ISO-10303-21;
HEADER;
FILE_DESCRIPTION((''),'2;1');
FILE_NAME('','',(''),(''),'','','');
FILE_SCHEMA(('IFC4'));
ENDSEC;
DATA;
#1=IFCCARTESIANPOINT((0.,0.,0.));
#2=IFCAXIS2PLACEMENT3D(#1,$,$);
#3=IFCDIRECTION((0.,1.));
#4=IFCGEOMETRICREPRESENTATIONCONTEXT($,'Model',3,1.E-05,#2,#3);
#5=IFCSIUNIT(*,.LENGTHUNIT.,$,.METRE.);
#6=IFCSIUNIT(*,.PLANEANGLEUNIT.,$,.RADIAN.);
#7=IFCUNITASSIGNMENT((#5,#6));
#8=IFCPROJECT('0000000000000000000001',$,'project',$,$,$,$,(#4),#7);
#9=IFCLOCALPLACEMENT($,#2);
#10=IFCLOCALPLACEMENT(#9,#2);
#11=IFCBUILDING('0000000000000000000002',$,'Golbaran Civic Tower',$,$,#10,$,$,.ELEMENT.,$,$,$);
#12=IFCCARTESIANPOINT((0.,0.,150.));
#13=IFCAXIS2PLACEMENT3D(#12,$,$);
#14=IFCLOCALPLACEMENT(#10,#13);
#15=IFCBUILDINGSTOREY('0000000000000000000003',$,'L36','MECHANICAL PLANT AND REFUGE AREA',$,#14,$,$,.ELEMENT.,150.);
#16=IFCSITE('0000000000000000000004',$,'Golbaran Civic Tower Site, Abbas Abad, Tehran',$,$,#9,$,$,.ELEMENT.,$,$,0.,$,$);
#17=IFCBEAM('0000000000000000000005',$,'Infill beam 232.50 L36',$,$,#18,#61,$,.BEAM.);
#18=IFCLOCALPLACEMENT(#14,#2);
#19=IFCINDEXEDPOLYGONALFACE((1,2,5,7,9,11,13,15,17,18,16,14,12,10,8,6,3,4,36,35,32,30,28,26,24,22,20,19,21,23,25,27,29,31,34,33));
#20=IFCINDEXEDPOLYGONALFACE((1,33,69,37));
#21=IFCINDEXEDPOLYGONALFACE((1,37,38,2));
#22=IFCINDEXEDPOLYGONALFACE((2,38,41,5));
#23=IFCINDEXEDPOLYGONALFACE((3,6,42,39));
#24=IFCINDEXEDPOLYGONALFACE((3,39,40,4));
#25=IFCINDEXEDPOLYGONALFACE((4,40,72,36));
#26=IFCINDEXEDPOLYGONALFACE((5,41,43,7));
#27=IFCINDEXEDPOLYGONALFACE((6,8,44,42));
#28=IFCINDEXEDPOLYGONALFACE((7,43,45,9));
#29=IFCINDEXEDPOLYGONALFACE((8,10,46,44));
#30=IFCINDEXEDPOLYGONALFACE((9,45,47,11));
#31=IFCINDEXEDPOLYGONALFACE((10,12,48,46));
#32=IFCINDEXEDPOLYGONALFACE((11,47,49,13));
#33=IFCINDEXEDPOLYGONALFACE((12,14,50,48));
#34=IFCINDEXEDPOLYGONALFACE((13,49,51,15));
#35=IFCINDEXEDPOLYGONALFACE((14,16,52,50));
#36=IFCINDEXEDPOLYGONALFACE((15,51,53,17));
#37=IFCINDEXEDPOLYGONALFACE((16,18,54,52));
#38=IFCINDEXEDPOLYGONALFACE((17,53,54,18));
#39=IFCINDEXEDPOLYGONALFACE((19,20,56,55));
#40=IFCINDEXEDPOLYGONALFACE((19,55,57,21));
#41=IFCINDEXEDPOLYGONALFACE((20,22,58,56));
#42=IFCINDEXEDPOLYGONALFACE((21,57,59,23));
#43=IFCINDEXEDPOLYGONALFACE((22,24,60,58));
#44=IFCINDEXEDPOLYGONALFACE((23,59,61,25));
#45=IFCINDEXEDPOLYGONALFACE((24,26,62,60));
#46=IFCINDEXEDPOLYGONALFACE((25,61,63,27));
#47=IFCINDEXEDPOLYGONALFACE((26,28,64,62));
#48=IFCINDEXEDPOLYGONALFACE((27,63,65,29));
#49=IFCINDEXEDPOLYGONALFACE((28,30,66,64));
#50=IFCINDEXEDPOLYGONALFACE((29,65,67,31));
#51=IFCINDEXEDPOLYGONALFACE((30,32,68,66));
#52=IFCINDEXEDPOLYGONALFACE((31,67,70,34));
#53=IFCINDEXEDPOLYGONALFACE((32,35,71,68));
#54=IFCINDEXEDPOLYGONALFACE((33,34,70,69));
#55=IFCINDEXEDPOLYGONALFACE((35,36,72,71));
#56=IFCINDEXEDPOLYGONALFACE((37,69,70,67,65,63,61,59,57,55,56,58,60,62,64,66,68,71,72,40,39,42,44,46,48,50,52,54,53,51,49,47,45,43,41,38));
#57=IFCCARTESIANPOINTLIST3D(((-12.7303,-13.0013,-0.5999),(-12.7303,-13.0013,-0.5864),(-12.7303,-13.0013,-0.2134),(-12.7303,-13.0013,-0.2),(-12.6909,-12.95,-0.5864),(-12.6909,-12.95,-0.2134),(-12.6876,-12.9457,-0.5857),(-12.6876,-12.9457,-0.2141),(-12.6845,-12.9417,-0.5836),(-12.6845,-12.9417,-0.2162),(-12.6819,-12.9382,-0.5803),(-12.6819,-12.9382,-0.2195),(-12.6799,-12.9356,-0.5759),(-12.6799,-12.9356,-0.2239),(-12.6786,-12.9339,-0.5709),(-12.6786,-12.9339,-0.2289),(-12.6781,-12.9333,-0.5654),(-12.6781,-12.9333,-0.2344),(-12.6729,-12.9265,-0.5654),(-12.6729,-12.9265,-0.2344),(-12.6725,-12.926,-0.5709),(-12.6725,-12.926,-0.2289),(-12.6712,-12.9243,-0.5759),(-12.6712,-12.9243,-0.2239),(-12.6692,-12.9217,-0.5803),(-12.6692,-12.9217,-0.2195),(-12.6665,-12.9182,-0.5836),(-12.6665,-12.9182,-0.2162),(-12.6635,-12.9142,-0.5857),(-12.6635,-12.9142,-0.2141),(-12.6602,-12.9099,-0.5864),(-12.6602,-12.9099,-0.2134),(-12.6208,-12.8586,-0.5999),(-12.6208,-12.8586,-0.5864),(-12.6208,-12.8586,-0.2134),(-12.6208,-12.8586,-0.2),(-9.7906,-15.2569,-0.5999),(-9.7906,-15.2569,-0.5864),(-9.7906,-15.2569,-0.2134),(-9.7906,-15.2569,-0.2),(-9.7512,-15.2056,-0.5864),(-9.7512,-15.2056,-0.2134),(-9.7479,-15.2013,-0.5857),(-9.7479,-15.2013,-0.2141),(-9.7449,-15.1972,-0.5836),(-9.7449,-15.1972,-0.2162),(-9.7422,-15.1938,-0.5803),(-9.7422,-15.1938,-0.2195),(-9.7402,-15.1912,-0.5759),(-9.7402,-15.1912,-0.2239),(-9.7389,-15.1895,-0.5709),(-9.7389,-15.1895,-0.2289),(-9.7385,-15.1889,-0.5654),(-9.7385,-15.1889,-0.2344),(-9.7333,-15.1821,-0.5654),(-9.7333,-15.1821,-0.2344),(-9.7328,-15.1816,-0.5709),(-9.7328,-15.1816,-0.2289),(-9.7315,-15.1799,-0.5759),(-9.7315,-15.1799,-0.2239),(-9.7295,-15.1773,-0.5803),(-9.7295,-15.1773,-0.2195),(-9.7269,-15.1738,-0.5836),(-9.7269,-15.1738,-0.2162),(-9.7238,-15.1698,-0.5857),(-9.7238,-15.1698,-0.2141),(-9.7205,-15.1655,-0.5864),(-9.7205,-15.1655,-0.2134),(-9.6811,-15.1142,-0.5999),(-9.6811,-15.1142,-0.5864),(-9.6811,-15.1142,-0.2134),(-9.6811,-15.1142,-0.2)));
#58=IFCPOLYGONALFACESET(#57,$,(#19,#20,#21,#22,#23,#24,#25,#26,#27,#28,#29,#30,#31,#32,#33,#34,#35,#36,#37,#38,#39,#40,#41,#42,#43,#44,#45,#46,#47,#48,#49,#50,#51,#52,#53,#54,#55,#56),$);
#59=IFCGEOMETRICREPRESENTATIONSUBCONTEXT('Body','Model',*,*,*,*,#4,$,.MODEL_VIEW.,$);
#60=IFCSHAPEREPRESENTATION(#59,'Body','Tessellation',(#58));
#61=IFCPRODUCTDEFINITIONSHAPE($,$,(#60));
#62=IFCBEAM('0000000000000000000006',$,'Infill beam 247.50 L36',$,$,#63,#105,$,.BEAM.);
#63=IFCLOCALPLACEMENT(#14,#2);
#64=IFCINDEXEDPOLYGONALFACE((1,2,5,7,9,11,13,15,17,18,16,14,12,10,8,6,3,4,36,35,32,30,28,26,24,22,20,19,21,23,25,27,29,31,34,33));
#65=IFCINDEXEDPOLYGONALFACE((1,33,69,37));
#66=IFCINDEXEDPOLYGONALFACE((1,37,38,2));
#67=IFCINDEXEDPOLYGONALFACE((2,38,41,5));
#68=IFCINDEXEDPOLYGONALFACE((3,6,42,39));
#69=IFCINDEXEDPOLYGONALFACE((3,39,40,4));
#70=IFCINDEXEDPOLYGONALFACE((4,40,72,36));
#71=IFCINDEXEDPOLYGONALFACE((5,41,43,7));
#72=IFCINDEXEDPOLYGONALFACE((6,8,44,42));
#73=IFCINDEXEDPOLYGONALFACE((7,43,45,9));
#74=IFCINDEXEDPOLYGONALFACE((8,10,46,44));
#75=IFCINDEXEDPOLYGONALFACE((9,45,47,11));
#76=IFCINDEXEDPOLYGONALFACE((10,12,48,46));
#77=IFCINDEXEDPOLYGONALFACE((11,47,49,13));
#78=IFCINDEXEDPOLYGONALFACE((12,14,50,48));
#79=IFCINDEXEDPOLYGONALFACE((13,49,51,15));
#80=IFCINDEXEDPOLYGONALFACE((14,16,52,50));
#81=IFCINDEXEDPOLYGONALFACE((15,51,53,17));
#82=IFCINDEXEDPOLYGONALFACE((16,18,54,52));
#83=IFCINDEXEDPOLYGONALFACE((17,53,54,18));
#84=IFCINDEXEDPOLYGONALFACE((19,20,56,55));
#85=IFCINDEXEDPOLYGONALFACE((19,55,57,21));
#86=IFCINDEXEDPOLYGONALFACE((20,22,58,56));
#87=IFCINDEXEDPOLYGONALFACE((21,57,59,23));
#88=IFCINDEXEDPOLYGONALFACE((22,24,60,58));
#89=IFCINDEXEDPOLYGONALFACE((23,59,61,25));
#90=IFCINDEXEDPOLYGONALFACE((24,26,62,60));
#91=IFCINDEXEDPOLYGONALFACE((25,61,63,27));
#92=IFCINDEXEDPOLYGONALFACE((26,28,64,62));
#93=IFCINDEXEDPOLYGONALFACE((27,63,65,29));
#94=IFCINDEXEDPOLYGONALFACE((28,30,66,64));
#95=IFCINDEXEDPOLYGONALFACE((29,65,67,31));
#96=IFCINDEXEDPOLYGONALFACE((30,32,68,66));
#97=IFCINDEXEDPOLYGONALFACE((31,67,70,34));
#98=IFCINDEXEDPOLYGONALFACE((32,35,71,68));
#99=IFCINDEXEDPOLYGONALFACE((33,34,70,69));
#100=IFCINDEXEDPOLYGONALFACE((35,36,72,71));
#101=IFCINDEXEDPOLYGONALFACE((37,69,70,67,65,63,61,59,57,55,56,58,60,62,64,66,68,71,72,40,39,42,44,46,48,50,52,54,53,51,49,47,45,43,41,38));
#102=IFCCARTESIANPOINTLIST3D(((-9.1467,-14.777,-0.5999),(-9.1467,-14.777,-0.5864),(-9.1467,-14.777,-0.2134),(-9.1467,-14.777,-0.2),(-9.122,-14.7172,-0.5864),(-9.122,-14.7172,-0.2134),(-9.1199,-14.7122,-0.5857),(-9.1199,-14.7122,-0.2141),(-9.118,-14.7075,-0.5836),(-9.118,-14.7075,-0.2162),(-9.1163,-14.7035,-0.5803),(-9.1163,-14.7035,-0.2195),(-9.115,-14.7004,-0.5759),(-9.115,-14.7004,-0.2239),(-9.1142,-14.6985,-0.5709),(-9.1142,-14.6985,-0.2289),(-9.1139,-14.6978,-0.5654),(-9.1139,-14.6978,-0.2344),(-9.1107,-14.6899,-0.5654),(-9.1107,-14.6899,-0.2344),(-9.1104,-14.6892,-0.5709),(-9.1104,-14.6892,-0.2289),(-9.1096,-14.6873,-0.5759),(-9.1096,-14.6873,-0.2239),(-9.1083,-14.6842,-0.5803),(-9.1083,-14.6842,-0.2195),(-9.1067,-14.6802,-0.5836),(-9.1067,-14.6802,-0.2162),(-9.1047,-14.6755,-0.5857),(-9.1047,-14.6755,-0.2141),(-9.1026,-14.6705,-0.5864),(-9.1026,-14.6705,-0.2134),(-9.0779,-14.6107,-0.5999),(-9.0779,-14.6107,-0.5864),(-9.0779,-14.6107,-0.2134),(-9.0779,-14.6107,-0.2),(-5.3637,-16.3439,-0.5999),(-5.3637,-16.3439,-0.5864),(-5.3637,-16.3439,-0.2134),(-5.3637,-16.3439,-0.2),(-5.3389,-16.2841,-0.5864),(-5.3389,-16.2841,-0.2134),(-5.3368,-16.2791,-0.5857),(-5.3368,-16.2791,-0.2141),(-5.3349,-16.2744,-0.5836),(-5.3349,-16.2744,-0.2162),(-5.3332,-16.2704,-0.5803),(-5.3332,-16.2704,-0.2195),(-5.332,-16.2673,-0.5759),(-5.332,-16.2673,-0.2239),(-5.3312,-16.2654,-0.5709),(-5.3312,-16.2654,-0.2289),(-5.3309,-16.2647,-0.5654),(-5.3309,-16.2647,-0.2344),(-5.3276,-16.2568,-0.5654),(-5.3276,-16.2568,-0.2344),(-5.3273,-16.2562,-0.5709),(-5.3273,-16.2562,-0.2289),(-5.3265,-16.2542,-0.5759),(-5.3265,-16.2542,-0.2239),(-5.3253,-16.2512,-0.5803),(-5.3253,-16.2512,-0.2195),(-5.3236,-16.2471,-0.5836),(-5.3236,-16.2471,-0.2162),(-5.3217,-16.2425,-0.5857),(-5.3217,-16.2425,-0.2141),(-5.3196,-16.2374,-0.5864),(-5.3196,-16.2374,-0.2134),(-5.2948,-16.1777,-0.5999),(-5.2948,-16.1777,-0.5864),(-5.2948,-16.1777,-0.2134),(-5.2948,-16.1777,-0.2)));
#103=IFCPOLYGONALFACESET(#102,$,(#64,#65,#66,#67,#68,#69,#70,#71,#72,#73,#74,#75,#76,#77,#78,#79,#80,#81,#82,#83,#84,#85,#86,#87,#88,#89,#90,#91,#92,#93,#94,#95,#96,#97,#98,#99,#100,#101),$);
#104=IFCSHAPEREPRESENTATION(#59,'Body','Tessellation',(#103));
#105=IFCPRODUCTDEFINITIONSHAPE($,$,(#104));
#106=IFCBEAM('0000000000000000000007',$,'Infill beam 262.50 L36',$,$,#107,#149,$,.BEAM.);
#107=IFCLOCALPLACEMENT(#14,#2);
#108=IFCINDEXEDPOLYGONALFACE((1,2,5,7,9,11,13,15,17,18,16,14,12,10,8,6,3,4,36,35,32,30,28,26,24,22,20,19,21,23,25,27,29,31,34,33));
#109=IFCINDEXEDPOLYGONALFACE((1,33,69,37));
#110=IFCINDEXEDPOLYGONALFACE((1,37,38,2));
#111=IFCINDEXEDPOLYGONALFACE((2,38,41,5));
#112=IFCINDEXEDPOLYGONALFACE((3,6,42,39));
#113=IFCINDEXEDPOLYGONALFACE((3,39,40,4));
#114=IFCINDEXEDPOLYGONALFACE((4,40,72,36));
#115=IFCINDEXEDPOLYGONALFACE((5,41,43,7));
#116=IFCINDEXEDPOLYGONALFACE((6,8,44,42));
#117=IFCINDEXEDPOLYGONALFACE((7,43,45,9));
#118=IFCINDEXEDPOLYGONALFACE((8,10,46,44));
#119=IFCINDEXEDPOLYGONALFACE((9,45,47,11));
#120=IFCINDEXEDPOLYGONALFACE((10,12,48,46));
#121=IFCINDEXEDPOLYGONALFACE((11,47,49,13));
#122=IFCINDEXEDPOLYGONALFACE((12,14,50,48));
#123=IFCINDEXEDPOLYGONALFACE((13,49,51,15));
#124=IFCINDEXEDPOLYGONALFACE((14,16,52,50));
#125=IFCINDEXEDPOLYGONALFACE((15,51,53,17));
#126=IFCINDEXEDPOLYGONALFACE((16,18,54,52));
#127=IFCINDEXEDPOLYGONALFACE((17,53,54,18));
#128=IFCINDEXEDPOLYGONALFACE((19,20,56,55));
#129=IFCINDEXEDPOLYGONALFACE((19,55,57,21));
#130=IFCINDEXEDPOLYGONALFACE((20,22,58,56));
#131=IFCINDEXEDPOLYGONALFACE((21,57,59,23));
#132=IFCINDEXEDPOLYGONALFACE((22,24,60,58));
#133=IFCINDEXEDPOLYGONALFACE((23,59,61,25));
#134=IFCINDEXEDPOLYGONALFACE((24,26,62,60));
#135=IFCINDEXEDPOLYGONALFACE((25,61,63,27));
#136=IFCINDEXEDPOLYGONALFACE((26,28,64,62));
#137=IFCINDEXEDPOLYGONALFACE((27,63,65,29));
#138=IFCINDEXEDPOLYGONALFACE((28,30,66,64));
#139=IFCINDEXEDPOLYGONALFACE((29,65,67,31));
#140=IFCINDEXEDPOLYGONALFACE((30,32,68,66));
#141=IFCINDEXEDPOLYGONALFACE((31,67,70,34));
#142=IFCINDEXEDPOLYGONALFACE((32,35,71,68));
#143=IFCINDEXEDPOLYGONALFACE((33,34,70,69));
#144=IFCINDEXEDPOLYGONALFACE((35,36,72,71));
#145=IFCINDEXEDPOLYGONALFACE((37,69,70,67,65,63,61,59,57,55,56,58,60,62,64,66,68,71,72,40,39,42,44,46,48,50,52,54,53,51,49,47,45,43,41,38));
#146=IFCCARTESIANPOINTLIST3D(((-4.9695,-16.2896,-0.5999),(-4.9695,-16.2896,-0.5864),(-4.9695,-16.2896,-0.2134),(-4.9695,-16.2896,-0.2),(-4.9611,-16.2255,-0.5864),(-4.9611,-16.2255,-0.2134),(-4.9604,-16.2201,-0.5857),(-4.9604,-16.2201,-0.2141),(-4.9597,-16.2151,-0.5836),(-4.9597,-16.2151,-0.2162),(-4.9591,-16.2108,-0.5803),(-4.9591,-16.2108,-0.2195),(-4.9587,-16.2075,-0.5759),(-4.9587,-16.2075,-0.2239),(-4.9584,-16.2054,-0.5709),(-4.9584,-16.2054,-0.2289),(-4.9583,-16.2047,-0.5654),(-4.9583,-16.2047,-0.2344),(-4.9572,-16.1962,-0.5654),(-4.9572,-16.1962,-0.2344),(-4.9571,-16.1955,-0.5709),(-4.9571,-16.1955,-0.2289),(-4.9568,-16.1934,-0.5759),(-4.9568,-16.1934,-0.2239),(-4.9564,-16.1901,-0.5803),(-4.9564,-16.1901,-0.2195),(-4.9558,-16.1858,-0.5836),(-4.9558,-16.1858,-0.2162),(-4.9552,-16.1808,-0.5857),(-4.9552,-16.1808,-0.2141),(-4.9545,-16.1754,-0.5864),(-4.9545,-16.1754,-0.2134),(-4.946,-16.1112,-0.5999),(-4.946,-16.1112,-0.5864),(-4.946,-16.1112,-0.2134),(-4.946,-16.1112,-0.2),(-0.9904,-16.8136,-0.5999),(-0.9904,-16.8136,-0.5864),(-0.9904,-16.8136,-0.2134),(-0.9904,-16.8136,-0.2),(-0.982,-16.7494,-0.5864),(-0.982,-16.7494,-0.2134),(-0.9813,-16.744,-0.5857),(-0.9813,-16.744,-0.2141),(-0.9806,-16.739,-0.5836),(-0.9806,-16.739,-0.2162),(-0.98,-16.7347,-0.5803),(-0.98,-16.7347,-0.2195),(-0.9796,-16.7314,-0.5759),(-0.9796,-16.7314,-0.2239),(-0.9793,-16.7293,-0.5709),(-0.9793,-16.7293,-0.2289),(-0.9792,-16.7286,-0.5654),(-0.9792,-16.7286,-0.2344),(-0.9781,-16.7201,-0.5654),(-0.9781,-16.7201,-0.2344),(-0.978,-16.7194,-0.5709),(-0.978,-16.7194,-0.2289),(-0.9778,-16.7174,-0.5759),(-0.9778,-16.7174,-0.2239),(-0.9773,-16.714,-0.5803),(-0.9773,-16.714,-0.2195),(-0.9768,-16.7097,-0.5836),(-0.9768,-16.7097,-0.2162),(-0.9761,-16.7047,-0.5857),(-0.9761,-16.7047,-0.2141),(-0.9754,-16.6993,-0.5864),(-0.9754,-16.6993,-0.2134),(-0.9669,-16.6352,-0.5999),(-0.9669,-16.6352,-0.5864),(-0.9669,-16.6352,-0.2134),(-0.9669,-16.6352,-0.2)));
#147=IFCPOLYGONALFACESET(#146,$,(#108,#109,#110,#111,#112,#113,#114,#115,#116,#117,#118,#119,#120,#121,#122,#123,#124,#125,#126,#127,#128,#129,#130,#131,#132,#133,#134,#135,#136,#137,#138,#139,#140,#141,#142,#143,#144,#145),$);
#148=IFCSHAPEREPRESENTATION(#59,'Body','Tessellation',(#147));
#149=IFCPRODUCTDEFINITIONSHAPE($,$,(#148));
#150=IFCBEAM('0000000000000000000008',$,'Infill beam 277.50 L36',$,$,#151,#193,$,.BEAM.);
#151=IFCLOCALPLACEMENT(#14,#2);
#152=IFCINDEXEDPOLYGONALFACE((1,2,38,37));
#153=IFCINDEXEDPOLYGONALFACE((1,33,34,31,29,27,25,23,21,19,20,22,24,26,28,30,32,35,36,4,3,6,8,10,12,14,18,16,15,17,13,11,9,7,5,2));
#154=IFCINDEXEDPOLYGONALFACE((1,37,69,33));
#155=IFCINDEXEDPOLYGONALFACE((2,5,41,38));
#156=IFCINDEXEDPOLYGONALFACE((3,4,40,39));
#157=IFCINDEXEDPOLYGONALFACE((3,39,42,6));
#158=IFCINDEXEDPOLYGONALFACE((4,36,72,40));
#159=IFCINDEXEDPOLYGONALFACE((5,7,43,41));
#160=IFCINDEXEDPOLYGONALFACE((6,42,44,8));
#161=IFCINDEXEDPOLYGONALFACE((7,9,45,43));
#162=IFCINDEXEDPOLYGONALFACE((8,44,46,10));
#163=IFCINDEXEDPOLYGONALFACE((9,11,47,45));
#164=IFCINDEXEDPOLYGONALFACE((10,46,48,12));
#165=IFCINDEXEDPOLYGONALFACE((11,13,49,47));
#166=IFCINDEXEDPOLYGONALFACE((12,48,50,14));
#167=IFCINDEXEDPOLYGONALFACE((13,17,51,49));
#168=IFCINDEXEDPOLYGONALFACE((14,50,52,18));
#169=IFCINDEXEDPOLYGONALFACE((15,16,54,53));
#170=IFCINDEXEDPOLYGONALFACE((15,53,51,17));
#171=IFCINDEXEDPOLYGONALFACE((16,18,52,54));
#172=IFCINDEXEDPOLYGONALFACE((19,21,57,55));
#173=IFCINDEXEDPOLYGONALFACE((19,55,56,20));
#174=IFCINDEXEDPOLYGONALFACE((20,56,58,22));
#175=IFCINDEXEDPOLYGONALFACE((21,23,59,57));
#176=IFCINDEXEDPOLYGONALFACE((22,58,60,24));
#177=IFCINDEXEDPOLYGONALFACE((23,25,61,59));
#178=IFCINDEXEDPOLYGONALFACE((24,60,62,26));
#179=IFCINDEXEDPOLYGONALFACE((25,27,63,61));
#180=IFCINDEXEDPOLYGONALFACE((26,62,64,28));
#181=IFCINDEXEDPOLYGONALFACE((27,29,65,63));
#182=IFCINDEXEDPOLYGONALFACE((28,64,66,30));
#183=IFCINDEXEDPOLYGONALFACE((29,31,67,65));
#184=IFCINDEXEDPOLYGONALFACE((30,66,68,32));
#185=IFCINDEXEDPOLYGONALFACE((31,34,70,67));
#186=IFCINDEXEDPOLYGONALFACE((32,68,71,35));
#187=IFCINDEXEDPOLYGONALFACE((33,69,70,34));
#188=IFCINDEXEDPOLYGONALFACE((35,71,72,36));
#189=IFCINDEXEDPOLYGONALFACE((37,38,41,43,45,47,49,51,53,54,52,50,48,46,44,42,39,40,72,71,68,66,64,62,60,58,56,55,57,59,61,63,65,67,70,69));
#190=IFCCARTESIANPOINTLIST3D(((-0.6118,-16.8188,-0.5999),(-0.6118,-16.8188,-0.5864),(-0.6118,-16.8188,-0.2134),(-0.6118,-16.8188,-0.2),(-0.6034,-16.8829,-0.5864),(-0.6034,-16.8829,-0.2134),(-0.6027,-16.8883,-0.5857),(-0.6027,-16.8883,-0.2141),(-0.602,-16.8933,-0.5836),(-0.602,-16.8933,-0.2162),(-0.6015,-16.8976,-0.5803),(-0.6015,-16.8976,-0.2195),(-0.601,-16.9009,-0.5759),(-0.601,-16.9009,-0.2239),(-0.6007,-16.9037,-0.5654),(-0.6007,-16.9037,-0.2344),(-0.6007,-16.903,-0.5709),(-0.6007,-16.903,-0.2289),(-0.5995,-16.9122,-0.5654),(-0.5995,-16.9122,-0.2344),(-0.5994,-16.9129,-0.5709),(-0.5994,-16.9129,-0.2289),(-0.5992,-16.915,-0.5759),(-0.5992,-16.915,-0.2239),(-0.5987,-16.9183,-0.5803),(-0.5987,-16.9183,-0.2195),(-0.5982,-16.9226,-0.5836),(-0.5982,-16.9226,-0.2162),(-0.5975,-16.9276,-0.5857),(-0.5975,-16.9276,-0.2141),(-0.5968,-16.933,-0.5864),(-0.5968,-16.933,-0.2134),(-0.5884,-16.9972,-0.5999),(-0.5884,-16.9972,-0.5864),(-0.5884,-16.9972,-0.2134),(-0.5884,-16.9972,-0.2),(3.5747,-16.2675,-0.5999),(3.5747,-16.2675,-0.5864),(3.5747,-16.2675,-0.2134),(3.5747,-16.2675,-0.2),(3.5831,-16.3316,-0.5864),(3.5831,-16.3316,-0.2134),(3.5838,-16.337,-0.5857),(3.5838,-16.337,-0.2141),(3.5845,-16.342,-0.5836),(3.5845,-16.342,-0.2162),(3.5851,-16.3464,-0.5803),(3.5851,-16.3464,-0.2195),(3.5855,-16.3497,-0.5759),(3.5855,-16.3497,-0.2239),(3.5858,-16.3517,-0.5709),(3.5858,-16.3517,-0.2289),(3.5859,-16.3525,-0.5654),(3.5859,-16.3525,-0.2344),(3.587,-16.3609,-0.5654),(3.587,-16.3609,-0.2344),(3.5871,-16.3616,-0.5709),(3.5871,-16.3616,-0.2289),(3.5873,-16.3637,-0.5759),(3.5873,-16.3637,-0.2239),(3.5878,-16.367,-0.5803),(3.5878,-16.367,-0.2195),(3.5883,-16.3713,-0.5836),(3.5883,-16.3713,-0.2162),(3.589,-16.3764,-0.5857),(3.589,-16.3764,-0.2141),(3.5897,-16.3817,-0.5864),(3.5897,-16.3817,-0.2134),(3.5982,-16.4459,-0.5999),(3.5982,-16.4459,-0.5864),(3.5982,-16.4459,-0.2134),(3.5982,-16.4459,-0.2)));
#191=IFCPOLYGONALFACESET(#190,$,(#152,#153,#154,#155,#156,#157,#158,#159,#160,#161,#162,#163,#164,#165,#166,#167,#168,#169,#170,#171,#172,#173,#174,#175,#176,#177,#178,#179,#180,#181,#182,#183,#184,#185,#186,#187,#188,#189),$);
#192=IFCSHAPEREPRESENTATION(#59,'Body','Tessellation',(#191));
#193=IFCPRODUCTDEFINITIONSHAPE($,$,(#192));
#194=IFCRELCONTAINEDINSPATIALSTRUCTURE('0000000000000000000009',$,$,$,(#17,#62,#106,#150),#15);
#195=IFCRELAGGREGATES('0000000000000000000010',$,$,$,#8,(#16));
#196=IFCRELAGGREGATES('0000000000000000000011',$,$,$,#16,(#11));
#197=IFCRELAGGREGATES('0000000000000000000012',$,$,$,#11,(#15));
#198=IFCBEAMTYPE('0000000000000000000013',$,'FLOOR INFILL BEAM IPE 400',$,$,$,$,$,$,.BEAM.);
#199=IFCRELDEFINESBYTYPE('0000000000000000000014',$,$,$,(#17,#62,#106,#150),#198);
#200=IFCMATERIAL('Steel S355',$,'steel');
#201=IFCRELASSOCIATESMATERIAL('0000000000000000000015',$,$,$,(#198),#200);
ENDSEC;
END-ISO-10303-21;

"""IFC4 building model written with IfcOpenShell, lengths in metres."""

from ifc_helpers import new_model, si_unit, direction, frame, origin, origin_2d, place, context, subcontext, project, spatial, i_section, extrude, material, material_profile, profile_set, type_object, element, save


model = new_model("IFC4")

# Units and contexts
model_context = context("Model", 3, precision=1e-05, world=origin(), true_north=direction((0.0, 1.0)))
body_context = subcontext(model_context, "Body", "Model", "MODEL_VIEW")
ifc_project = project(units=[si_unit("LENGTHUNIT", "METRE"), si_unit("PLANEANGLEUNIT", "RADIAN")], contexts=[model_context])

# Site, building, storey
site_placement = place(None, origin())
site = spatial("IfcSite", under=ifc_project, at=site_placement, Name="Golbaran Civic Tower Site, Abbas Abad, Tehran", CompositionType="ELEMENT", RefElevation=0.0)
building_placement = place(site_placement, origin())
building = spatial("IfcBuilding", under=site, at=building_placement, Name="Golbaran Civic Tower", CompositionType="ELEMENT")
storey_placement = place(building_placement, frame((0.0, 0.0, 150.0)))
storey = spatial("IfcBuildingStorey", under=building, at=storey_placement, Name="L36", Description="MECHANICAL PLANT AND REFUGE AREA", CompositionType="ELEMENT", Elevation=150.0)

# Shared definitions
ifc_material_1 = material(Name="Steel S355", Category="steel")

# Beams
ifc_material_profile_1 = material_profile(ifc_material_1, i_section(OverallWidth=0.1799, OverallDepth=0.3999, WebThickness=0.0085, FlangeThickness=0.0134, FilletRadius=0.021, at=origin_2d()), Name="IPE 400")
ifc_profile_set_1 = profile_set([ifc_material_profile_1], Name="Steel S355")
beam_type_1 = type_object("IfcBeamType", Name="FLOOR INFILL BEAM IPE 400", PredefinedType="BEAM", material=ifc_profile_set_1)
beam_1_placement = place(storey_placement, frame((-12.6755, -12.9299, -0.3999), z_axis=(0.793366, -0.608745, 0.0), x_axis=(0.608745, 0.793366, 0.0)))
element("IfcBeam", 1, at=beam_1_placement, inside=storey, type_object=beam_type_1, Name="Infill beam 232.50 L36", PredefinedType="BEAM", context=body_context, shape_type="SweptSolid", body=[
    extrude(i_section(OverallWidth=0.1799, OverallDepth=0.3999, WebThickness=0.0085, FlangeThickness=0.0134, FilletRadius=0.021, at=origin_2d()), origin(), (0.0, 0.0, 1.0), 3.7053),
])
beam_2_placement = place(storey_placement, frame((-9.1123, -14.6938, -0.3999), z_axis=(0.923885, -0.382671, 0.0), x_axis=(0.382671, 0.923885, 0.0)))
element("IfcBeam", 2, at=beam_2_placement, inside=storey, type_object=beam_type_1, Name="Infill beam 247.50 L36", PredefinedType="BEAM", context=body_context, shape_type="SweptSolid", body=[
    extrude(i_section(OverallWidth=0.1799, OverallDepth=0.3999, WebThickness=0.0085, FlangeThickness=0.0134, FilletRadius=0.021, at=origin_2d()), origin(), (0.0, 0.0, 1.0), 4.0947),
])
beam_3_placement = place(storey_placement, frame((-4.9578, -16.2004, -0.3999), z_axis=(0.991442, -0.130546, 0.0), x_axis=(0.130546, 0.991442, 0.0)))
element("IfcBeam", 3, at=beam_3_placement, inside=storey, type_object=beam_type_1, Name="Infill beam 262.50 L36", PredefinedType="BEAM", context=body_context, shape_type="SweptSolid", body=[
    extrude(i_section(OverallWidth=0.1799, OverallDepth=0.3999, WebThickness=0.0085, FlangeThickness=0.0134, FilletRadius=0.021, at=origin_2d()), origin(), (0.0, 0.0, 1.0), 4.0134),
])
beam_4_placement = place(storey_placement, frame((-0.6001, -16.908, -0.3999), z_axis=(0.991442, 0.13055, 0.0), x_axis=(-0.13055, 0.991442, 0.0)))
element("IfcBeam", 4, at=beam_4_placement, inside=storey, type_object=beam_type_1, Name="Infill beam 277.50 L36", PredefinedType="BEAM", context=body_context, shape_type="SweptSolid", body=[
    extrude(i_section(OverallWidth=0.1799, OverallDepth=0.3999, WebThickness=0.0085, FlangeThickness=0.0134, FilletRadius=0.021, at=origin_2d()), origin(), (0.0, 0.0, 1.0), 4.2227),
])

save(model, "model.ifc")
